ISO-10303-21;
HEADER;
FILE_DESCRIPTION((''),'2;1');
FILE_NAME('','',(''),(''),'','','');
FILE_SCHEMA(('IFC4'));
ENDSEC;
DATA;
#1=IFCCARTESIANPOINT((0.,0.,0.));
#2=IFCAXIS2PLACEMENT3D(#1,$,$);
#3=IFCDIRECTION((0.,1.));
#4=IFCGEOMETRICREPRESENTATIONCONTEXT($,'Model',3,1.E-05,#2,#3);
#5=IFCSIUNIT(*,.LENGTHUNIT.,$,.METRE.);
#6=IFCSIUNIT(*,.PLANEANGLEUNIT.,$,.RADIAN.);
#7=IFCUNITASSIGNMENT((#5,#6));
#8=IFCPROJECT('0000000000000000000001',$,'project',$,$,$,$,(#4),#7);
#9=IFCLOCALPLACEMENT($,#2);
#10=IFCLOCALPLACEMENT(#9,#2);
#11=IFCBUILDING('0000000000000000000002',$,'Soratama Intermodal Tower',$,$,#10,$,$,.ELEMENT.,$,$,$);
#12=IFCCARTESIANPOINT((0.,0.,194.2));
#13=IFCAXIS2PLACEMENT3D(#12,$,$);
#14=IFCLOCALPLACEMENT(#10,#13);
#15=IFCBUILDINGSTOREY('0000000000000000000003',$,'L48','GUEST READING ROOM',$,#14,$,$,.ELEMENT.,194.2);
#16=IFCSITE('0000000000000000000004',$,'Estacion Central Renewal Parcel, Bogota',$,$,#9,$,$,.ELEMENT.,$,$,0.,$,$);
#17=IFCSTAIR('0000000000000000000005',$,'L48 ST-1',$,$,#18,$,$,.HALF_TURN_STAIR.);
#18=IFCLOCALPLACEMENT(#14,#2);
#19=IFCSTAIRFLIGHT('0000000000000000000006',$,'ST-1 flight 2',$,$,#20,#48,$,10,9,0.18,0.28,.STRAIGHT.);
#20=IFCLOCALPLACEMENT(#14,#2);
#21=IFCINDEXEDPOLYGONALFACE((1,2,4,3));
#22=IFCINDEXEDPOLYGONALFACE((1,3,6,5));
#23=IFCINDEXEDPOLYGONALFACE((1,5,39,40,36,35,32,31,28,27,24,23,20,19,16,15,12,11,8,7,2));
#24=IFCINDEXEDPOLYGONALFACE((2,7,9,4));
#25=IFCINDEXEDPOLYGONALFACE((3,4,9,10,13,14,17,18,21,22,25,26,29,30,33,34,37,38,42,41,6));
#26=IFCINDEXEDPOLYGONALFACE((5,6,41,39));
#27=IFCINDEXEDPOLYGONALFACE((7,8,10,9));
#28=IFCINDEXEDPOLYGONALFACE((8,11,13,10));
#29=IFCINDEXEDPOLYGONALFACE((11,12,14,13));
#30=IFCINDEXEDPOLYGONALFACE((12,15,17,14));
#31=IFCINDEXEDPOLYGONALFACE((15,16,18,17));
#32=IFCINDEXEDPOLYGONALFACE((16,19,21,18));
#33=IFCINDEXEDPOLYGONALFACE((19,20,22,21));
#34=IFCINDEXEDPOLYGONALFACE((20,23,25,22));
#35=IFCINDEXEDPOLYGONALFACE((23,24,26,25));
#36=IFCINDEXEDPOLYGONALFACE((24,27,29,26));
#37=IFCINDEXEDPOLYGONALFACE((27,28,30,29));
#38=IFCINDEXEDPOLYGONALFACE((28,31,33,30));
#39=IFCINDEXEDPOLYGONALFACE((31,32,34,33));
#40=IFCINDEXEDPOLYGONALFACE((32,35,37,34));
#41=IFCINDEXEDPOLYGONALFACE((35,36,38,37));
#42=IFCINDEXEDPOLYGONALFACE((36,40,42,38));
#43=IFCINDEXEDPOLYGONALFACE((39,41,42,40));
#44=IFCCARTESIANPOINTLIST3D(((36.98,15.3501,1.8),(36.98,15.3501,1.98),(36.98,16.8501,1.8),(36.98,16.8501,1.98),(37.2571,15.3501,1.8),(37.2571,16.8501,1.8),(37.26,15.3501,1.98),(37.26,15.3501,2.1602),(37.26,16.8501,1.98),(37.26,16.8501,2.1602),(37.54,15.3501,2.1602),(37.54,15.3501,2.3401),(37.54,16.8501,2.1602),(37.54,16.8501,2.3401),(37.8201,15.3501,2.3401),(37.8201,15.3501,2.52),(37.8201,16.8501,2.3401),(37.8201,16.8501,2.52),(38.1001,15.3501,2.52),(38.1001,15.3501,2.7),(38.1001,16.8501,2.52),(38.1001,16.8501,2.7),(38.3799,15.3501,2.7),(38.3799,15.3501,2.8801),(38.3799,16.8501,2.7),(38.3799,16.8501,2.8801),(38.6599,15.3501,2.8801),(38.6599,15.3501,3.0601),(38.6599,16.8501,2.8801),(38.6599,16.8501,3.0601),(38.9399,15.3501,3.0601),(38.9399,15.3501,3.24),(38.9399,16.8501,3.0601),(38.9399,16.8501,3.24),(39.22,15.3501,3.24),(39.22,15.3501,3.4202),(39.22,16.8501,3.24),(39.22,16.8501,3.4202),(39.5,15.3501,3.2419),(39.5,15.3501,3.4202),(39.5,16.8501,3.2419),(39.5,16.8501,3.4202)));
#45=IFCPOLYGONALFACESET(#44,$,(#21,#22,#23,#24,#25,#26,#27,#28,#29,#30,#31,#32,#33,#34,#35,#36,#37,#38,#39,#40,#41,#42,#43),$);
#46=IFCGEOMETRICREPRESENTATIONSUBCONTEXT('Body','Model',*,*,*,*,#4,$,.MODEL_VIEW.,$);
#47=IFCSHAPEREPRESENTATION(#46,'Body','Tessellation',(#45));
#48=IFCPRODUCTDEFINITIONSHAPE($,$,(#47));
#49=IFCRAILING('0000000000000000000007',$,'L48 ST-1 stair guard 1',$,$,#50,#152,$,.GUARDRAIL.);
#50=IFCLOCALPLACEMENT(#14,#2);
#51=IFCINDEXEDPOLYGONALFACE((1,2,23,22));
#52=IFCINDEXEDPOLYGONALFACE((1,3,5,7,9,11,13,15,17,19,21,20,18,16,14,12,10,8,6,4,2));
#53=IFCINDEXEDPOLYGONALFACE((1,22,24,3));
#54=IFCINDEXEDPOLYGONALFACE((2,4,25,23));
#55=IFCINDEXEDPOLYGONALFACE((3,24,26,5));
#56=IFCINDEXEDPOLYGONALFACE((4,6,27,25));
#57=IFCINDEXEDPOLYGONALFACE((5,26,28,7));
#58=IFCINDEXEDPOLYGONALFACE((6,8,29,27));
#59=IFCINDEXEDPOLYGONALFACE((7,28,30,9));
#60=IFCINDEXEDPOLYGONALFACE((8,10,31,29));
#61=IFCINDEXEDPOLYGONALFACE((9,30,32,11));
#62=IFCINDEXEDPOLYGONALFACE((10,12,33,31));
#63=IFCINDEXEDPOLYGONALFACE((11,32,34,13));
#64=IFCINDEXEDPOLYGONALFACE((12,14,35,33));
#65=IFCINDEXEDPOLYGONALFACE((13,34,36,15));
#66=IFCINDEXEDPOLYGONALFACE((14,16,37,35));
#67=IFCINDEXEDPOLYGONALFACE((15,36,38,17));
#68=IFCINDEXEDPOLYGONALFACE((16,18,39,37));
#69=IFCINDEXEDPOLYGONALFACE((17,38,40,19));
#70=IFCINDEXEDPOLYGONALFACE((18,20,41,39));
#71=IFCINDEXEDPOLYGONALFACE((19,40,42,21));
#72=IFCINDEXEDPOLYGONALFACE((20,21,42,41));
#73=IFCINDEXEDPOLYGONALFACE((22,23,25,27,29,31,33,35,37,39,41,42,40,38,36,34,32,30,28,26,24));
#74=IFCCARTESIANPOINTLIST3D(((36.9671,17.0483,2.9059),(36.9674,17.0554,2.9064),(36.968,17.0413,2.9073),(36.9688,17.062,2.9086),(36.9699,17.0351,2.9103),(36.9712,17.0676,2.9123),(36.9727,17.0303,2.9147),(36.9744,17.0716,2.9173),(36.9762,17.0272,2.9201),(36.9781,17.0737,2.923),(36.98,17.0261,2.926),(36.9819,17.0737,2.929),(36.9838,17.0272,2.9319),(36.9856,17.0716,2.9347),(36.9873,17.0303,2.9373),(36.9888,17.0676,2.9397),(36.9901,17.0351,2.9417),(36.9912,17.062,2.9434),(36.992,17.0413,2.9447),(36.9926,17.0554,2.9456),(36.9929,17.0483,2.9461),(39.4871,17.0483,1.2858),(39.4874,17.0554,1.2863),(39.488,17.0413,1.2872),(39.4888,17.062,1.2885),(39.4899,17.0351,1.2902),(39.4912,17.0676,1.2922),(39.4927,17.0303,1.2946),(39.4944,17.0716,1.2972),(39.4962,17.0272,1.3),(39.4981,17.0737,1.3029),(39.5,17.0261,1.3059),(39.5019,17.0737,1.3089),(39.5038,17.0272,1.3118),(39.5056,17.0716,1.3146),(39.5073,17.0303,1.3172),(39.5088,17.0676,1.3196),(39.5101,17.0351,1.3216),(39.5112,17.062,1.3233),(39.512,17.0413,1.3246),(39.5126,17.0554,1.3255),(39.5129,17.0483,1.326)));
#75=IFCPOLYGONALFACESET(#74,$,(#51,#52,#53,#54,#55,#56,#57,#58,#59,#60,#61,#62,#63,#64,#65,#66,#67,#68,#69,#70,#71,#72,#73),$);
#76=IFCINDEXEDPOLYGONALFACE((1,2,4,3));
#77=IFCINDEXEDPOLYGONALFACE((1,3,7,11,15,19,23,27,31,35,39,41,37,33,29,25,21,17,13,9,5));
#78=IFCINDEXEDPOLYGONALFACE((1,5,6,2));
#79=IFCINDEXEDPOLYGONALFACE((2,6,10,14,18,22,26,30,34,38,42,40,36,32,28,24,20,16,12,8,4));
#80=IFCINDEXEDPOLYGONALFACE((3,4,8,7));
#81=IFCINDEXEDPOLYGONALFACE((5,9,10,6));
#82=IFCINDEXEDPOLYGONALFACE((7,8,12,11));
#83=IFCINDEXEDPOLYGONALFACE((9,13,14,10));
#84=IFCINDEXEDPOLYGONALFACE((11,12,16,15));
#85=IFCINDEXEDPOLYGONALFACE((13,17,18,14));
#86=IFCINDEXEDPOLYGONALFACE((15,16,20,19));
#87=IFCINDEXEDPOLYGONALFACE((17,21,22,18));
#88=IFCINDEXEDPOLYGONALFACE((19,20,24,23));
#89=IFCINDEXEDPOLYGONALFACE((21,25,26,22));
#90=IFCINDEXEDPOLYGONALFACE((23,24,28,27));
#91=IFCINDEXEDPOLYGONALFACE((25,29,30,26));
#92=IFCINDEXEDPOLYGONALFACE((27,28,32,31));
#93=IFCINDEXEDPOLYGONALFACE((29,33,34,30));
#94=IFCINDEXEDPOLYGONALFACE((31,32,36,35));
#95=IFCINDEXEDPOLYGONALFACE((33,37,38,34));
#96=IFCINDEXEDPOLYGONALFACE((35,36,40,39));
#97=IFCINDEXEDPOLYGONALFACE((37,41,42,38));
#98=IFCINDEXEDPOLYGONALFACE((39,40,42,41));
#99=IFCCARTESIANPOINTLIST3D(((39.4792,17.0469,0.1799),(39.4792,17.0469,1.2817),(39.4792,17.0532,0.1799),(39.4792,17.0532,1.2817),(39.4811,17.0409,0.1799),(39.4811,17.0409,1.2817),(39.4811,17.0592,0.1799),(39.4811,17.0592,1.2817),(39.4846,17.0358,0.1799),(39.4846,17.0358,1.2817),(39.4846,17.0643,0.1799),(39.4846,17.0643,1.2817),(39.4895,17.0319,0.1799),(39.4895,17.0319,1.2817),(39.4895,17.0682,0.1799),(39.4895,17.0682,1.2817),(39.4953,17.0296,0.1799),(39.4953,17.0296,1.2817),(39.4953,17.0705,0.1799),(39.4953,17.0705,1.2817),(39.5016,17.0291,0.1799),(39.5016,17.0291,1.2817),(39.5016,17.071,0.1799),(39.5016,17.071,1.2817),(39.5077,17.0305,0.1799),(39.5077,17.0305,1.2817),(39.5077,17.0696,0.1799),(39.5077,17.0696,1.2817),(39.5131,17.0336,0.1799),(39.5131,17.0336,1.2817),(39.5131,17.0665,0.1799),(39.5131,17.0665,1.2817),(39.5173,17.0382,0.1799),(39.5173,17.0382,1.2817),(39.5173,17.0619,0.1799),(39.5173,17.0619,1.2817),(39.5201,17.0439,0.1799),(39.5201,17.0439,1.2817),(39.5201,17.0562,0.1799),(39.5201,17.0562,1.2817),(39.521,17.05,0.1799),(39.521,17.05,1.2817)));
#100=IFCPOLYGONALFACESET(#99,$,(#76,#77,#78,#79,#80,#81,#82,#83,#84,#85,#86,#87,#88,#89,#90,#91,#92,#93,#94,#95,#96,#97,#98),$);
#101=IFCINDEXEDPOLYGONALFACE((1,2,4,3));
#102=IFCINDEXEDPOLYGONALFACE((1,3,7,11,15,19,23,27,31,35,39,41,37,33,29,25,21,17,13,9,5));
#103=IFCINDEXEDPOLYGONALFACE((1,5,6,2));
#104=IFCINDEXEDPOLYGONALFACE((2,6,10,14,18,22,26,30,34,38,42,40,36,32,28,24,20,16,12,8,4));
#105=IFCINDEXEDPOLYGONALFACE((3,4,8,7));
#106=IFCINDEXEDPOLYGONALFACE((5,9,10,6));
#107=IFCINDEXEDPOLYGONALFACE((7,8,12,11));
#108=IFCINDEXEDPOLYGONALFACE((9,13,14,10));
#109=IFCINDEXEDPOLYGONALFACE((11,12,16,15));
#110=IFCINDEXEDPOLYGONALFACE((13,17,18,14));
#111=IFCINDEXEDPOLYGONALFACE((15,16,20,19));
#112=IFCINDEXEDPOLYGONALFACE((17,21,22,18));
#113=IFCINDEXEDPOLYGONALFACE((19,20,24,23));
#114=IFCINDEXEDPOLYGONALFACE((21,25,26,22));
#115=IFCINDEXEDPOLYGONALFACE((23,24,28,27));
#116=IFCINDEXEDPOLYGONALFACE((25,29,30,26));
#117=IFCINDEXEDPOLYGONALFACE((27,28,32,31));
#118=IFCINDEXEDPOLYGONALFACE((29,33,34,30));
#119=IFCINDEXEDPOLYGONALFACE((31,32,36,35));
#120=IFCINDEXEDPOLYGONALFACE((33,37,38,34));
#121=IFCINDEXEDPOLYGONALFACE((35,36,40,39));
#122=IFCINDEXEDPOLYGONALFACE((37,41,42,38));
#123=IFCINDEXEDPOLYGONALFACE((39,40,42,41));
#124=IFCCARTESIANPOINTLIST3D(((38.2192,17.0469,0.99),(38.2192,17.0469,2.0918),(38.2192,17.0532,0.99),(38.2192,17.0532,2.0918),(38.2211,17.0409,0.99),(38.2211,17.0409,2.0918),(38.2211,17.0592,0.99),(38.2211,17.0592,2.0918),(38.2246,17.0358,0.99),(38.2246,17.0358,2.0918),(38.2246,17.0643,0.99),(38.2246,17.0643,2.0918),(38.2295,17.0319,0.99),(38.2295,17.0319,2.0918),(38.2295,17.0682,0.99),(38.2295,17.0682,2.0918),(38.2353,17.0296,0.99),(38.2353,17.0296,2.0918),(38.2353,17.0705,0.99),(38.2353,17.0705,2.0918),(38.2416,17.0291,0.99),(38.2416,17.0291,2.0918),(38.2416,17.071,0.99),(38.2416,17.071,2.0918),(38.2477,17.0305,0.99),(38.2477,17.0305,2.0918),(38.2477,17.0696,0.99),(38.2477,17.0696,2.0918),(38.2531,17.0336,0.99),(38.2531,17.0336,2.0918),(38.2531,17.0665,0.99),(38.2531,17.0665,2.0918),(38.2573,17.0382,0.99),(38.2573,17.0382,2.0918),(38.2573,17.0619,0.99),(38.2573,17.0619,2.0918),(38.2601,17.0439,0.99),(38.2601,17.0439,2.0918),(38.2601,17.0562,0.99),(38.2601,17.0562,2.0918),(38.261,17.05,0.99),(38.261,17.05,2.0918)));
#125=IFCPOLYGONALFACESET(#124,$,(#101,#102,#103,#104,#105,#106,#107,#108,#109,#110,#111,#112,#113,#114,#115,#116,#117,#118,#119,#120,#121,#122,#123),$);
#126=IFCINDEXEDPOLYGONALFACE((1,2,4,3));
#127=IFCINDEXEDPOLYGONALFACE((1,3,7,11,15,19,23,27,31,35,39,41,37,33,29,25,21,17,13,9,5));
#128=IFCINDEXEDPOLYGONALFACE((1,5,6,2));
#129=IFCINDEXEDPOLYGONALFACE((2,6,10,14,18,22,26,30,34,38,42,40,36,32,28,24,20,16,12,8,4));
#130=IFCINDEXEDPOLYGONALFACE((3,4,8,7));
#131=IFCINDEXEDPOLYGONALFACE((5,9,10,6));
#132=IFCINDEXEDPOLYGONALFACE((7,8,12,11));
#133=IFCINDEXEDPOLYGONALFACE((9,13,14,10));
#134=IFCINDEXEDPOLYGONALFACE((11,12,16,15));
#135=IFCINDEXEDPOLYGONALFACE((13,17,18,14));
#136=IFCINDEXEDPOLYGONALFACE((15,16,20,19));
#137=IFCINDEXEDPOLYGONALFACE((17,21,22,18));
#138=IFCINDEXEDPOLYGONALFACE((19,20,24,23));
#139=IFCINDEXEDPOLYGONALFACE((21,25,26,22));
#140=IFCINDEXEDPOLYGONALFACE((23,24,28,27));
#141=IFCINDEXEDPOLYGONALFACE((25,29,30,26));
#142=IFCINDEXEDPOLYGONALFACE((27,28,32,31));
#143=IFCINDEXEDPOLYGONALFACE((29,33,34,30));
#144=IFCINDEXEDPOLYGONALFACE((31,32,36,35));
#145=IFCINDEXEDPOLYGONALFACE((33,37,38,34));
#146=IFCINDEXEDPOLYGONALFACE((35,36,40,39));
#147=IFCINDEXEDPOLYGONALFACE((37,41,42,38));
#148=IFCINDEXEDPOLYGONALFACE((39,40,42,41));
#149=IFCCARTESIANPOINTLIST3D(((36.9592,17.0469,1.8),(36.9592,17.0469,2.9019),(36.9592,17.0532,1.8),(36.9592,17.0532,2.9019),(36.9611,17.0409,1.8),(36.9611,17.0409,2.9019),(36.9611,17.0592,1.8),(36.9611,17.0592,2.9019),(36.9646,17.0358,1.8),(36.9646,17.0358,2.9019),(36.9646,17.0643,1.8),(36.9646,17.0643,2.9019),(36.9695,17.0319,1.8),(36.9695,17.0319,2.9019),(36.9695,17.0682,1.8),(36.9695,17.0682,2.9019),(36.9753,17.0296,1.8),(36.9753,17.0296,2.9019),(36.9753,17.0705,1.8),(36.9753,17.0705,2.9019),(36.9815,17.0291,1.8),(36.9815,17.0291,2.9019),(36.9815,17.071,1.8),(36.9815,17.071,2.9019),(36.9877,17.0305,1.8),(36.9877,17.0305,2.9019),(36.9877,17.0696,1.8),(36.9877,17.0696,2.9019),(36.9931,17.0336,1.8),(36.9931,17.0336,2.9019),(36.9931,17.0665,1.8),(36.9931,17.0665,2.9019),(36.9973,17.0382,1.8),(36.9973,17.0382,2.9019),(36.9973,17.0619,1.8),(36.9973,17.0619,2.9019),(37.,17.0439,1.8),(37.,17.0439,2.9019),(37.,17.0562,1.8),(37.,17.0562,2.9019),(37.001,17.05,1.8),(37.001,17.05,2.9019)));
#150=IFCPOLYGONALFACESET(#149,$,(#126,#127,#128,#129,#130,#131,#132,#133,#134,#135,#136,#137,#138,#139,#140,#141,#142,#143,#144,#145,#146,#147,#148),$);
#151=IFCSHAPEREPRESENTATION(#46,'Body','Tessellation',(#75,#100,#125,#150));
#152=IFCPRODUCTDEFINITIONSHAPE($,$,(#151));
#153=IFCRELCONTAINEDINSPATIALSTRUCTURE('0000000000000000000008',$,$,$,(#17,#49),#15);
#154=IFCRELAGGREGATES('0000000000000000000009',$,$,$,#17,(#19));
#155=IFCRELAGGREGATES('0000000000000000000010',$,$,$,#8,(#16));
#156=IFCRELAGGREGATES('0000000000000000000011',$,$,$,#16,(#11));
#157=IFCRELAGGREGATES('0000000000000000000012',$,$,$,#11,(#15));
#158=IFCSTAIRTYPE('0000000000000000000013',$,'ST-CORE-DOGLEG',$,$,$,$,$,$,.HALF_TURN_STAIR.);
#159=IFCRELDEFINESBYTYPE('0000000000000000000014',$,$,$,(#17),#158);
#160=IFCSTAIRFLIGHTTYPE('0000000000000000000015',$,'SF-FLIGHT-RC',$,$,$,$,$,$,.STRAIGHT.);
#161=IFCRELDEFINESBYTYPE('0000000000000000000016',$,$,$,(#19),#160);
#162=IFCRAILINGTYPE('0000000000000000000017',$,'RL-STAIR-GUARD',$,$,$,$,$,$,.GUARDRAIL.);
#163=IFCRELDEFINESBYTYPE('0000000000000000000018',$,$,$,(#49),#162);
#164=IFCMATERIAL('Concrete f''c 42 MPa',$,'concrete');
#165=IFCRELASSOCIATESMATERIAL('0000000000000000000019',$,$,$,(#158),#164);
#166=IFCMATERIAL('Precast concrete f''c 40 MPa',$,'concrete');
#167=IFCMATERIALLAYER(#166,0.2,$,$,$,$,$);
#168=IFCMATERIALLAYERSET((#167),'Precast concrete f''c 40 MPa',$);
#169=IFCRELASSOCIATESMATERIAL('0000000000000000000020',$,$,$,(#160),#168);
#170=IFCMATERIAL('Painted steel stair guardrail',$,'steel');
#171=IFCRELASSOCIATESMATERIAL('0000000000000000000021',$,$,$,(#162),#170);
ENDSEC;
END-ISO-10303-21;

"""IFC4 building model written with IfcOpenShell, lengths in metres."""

from ifc_helpers import new_model, si_unit, direction, frame, origin, origin_2d, place, context, subcontext, project, spatial, polyline, circle, outline, extrude, material, layer, layer_set, type_object, element, aggregate, save


model = new_model("IFC4")

# Units and contexts
model_context = context("Model", 3, precision=1e-05, world=origin(), true_north=direction((0.0, 1.0)))
body_context = subcontext(model_context, "Body", "Model", "MODEL_VIEW")
ifc_project = project(units=[si_unit("LENGTHUNIT", "METRE"), si_unit("PLANEANGLEUNIT", "RADIAN")], contexts=[model_context])

# Site, building, storey
site_placement = place(None, origin())
site = spatial("IfcSite", under=ifc_project, at=site_placement, Name="Estacion Central Renewal Parcel, Bogota", CompositionType="ELEMENT", RefElevation=0.0)
building_placement = place(site_placement, origin())
building = spatial("IfcBuilding", under=site, at=building_placement, Name="Soratama Intermodal Tower", CompositionType="ELEMENT")
storey_placement = place(building_placement, frame((0.0, 0.0, 194.2)))
storey = spatial("IfcBuildingStorey", under=building, at=storey_placement, Name="L48", Description="GUEST READING ROOM", CompositionType="ELEMENT", Elevation=194.2)

# Stair, stair flight
ifc_material_1 = material(Name="Concrete f'c 42 MPa", Category="concrete")
stair_type = type_object("IfcStairType", Name="ST-CORE-DOGLEG", PredefinedType="HALF_TURN_STAIR", material=ifc_material_1)
stair_placement = place(storey_placement, origin())
stair = element("IfcStair", 1, at=stair_placement, inside=storey, type_object=stair_type, Name="L48 ST-1", PredefinedType="HALF_TURN_STAIR")
ifc_material_2 = material(Name="Precast concrete f'c 40 MPa", Category="concrete")
ifc_layer_1 = layer(ifc_material_2, 0.2)
ifc_layer_set_1 = layer_set([ifc_layer_1], Name="Precast concrete f'c 40 MPa")
stair_flight_type = type_object("IfcStairFlightType", Name="SF-FLIGHT-RC", PredefinedType="STRAIGHT", material=ifc_layer_set_1)
stair_flight_1_placement = place(storey_placement, frame((36.98, 16.1001, 1.8), z_axis=(0.0, 0.0, 1.0), x_axis=(1.0, 0.0, 0.0)))
stair_flight_1 = element("IfcStairFlight", 2, at=stair_flight_1_placement, type_object=stair_flight_type, Name="ST-1 flight 2", NumberOfRisers=10, NumberOfTreads=9, PredefinedType="STRAIGHT", RiserHeight=0.18, TreadLength=0.28, context=body_context, shape_type="SweptSolid", body=[
    extrude(outline(polyline([(0.0, 0.0), (0.0, 0.1799), (0.28, 0.1799), (0.28, 0.3601), (0.5601, 0.3601), (0.5601, 0.54), (0.8401, 0.54), (0.8401, 0.72), (1.1201, 0.72), (1.1201, 0.8999), (1.3999, 0.8999), (1.3999, 1.0801), (1.6799, 1.0801), (1.6799, 1.26), (1.96, 1.26), (1.96, 1.4399), (2.24, 1.4399), (2.24, 1.6201), (2.52, 1.6201), (2.52, 1.8), (2.52, 1.4419), (0.2771, 0.0), (0.0, 0.0)])), frame((0.0, 0.75, 0.0), z_axis=(0.0, -1.0, 0.0), x_axis=(1.0, 0.0, 0.0)), (0.0, 0.0, 1.0), 1.5),
])
aggregate(stair, [stair_flight_1])

# Railing
ifc_material_3 = material(Name="Painted steel stair guardrail", Category="steel")
railing_type_1 = type_object("IfcRailingType", Name="RL-STAIR-GUARD", PredefinedType="GUARDRAIL", material=ifc_material_3)
railing_1_placement = place(storey_placement, frame((39.5, 17.05, 0.1799)))
element("IfcRailing", 3, at=railing_1_placement, inside=storey, type_object=railing_type_1, Name="L48 ST-1 stair guard 1", PredefinedType="GUARDRAIL", context=body_context, shape_type="SweptSolid", body=[
    extrude(circle(Radius=0.0239, at=origin_2d()), frame((0.0, 0.0, 1.126), z_axis=(-0.841163, 0.0, 0.540782), x_axis=(0.0, -1.0, 0.0)), (0.0, 0.0, 1.0), 2.9958),
    extrude(circle(Radius=0.021, at=origin_2d()), origin(), (0.0, 0.0, 1.0), 1.1018),
    extrude(circle(Radius=0.021, at=origin_2d()), frame((-1.26, 0.0, 0.8101)), (0.0, 0.0, 1.0), 1.1018),
    extrude(circle(Radius=0.021, at=origin_2d()), frame((-2.52, 0.0, 1.6201)), (0.0, 0.0, 1.0), 1.1018),
])

save(model, "model.ifc")
